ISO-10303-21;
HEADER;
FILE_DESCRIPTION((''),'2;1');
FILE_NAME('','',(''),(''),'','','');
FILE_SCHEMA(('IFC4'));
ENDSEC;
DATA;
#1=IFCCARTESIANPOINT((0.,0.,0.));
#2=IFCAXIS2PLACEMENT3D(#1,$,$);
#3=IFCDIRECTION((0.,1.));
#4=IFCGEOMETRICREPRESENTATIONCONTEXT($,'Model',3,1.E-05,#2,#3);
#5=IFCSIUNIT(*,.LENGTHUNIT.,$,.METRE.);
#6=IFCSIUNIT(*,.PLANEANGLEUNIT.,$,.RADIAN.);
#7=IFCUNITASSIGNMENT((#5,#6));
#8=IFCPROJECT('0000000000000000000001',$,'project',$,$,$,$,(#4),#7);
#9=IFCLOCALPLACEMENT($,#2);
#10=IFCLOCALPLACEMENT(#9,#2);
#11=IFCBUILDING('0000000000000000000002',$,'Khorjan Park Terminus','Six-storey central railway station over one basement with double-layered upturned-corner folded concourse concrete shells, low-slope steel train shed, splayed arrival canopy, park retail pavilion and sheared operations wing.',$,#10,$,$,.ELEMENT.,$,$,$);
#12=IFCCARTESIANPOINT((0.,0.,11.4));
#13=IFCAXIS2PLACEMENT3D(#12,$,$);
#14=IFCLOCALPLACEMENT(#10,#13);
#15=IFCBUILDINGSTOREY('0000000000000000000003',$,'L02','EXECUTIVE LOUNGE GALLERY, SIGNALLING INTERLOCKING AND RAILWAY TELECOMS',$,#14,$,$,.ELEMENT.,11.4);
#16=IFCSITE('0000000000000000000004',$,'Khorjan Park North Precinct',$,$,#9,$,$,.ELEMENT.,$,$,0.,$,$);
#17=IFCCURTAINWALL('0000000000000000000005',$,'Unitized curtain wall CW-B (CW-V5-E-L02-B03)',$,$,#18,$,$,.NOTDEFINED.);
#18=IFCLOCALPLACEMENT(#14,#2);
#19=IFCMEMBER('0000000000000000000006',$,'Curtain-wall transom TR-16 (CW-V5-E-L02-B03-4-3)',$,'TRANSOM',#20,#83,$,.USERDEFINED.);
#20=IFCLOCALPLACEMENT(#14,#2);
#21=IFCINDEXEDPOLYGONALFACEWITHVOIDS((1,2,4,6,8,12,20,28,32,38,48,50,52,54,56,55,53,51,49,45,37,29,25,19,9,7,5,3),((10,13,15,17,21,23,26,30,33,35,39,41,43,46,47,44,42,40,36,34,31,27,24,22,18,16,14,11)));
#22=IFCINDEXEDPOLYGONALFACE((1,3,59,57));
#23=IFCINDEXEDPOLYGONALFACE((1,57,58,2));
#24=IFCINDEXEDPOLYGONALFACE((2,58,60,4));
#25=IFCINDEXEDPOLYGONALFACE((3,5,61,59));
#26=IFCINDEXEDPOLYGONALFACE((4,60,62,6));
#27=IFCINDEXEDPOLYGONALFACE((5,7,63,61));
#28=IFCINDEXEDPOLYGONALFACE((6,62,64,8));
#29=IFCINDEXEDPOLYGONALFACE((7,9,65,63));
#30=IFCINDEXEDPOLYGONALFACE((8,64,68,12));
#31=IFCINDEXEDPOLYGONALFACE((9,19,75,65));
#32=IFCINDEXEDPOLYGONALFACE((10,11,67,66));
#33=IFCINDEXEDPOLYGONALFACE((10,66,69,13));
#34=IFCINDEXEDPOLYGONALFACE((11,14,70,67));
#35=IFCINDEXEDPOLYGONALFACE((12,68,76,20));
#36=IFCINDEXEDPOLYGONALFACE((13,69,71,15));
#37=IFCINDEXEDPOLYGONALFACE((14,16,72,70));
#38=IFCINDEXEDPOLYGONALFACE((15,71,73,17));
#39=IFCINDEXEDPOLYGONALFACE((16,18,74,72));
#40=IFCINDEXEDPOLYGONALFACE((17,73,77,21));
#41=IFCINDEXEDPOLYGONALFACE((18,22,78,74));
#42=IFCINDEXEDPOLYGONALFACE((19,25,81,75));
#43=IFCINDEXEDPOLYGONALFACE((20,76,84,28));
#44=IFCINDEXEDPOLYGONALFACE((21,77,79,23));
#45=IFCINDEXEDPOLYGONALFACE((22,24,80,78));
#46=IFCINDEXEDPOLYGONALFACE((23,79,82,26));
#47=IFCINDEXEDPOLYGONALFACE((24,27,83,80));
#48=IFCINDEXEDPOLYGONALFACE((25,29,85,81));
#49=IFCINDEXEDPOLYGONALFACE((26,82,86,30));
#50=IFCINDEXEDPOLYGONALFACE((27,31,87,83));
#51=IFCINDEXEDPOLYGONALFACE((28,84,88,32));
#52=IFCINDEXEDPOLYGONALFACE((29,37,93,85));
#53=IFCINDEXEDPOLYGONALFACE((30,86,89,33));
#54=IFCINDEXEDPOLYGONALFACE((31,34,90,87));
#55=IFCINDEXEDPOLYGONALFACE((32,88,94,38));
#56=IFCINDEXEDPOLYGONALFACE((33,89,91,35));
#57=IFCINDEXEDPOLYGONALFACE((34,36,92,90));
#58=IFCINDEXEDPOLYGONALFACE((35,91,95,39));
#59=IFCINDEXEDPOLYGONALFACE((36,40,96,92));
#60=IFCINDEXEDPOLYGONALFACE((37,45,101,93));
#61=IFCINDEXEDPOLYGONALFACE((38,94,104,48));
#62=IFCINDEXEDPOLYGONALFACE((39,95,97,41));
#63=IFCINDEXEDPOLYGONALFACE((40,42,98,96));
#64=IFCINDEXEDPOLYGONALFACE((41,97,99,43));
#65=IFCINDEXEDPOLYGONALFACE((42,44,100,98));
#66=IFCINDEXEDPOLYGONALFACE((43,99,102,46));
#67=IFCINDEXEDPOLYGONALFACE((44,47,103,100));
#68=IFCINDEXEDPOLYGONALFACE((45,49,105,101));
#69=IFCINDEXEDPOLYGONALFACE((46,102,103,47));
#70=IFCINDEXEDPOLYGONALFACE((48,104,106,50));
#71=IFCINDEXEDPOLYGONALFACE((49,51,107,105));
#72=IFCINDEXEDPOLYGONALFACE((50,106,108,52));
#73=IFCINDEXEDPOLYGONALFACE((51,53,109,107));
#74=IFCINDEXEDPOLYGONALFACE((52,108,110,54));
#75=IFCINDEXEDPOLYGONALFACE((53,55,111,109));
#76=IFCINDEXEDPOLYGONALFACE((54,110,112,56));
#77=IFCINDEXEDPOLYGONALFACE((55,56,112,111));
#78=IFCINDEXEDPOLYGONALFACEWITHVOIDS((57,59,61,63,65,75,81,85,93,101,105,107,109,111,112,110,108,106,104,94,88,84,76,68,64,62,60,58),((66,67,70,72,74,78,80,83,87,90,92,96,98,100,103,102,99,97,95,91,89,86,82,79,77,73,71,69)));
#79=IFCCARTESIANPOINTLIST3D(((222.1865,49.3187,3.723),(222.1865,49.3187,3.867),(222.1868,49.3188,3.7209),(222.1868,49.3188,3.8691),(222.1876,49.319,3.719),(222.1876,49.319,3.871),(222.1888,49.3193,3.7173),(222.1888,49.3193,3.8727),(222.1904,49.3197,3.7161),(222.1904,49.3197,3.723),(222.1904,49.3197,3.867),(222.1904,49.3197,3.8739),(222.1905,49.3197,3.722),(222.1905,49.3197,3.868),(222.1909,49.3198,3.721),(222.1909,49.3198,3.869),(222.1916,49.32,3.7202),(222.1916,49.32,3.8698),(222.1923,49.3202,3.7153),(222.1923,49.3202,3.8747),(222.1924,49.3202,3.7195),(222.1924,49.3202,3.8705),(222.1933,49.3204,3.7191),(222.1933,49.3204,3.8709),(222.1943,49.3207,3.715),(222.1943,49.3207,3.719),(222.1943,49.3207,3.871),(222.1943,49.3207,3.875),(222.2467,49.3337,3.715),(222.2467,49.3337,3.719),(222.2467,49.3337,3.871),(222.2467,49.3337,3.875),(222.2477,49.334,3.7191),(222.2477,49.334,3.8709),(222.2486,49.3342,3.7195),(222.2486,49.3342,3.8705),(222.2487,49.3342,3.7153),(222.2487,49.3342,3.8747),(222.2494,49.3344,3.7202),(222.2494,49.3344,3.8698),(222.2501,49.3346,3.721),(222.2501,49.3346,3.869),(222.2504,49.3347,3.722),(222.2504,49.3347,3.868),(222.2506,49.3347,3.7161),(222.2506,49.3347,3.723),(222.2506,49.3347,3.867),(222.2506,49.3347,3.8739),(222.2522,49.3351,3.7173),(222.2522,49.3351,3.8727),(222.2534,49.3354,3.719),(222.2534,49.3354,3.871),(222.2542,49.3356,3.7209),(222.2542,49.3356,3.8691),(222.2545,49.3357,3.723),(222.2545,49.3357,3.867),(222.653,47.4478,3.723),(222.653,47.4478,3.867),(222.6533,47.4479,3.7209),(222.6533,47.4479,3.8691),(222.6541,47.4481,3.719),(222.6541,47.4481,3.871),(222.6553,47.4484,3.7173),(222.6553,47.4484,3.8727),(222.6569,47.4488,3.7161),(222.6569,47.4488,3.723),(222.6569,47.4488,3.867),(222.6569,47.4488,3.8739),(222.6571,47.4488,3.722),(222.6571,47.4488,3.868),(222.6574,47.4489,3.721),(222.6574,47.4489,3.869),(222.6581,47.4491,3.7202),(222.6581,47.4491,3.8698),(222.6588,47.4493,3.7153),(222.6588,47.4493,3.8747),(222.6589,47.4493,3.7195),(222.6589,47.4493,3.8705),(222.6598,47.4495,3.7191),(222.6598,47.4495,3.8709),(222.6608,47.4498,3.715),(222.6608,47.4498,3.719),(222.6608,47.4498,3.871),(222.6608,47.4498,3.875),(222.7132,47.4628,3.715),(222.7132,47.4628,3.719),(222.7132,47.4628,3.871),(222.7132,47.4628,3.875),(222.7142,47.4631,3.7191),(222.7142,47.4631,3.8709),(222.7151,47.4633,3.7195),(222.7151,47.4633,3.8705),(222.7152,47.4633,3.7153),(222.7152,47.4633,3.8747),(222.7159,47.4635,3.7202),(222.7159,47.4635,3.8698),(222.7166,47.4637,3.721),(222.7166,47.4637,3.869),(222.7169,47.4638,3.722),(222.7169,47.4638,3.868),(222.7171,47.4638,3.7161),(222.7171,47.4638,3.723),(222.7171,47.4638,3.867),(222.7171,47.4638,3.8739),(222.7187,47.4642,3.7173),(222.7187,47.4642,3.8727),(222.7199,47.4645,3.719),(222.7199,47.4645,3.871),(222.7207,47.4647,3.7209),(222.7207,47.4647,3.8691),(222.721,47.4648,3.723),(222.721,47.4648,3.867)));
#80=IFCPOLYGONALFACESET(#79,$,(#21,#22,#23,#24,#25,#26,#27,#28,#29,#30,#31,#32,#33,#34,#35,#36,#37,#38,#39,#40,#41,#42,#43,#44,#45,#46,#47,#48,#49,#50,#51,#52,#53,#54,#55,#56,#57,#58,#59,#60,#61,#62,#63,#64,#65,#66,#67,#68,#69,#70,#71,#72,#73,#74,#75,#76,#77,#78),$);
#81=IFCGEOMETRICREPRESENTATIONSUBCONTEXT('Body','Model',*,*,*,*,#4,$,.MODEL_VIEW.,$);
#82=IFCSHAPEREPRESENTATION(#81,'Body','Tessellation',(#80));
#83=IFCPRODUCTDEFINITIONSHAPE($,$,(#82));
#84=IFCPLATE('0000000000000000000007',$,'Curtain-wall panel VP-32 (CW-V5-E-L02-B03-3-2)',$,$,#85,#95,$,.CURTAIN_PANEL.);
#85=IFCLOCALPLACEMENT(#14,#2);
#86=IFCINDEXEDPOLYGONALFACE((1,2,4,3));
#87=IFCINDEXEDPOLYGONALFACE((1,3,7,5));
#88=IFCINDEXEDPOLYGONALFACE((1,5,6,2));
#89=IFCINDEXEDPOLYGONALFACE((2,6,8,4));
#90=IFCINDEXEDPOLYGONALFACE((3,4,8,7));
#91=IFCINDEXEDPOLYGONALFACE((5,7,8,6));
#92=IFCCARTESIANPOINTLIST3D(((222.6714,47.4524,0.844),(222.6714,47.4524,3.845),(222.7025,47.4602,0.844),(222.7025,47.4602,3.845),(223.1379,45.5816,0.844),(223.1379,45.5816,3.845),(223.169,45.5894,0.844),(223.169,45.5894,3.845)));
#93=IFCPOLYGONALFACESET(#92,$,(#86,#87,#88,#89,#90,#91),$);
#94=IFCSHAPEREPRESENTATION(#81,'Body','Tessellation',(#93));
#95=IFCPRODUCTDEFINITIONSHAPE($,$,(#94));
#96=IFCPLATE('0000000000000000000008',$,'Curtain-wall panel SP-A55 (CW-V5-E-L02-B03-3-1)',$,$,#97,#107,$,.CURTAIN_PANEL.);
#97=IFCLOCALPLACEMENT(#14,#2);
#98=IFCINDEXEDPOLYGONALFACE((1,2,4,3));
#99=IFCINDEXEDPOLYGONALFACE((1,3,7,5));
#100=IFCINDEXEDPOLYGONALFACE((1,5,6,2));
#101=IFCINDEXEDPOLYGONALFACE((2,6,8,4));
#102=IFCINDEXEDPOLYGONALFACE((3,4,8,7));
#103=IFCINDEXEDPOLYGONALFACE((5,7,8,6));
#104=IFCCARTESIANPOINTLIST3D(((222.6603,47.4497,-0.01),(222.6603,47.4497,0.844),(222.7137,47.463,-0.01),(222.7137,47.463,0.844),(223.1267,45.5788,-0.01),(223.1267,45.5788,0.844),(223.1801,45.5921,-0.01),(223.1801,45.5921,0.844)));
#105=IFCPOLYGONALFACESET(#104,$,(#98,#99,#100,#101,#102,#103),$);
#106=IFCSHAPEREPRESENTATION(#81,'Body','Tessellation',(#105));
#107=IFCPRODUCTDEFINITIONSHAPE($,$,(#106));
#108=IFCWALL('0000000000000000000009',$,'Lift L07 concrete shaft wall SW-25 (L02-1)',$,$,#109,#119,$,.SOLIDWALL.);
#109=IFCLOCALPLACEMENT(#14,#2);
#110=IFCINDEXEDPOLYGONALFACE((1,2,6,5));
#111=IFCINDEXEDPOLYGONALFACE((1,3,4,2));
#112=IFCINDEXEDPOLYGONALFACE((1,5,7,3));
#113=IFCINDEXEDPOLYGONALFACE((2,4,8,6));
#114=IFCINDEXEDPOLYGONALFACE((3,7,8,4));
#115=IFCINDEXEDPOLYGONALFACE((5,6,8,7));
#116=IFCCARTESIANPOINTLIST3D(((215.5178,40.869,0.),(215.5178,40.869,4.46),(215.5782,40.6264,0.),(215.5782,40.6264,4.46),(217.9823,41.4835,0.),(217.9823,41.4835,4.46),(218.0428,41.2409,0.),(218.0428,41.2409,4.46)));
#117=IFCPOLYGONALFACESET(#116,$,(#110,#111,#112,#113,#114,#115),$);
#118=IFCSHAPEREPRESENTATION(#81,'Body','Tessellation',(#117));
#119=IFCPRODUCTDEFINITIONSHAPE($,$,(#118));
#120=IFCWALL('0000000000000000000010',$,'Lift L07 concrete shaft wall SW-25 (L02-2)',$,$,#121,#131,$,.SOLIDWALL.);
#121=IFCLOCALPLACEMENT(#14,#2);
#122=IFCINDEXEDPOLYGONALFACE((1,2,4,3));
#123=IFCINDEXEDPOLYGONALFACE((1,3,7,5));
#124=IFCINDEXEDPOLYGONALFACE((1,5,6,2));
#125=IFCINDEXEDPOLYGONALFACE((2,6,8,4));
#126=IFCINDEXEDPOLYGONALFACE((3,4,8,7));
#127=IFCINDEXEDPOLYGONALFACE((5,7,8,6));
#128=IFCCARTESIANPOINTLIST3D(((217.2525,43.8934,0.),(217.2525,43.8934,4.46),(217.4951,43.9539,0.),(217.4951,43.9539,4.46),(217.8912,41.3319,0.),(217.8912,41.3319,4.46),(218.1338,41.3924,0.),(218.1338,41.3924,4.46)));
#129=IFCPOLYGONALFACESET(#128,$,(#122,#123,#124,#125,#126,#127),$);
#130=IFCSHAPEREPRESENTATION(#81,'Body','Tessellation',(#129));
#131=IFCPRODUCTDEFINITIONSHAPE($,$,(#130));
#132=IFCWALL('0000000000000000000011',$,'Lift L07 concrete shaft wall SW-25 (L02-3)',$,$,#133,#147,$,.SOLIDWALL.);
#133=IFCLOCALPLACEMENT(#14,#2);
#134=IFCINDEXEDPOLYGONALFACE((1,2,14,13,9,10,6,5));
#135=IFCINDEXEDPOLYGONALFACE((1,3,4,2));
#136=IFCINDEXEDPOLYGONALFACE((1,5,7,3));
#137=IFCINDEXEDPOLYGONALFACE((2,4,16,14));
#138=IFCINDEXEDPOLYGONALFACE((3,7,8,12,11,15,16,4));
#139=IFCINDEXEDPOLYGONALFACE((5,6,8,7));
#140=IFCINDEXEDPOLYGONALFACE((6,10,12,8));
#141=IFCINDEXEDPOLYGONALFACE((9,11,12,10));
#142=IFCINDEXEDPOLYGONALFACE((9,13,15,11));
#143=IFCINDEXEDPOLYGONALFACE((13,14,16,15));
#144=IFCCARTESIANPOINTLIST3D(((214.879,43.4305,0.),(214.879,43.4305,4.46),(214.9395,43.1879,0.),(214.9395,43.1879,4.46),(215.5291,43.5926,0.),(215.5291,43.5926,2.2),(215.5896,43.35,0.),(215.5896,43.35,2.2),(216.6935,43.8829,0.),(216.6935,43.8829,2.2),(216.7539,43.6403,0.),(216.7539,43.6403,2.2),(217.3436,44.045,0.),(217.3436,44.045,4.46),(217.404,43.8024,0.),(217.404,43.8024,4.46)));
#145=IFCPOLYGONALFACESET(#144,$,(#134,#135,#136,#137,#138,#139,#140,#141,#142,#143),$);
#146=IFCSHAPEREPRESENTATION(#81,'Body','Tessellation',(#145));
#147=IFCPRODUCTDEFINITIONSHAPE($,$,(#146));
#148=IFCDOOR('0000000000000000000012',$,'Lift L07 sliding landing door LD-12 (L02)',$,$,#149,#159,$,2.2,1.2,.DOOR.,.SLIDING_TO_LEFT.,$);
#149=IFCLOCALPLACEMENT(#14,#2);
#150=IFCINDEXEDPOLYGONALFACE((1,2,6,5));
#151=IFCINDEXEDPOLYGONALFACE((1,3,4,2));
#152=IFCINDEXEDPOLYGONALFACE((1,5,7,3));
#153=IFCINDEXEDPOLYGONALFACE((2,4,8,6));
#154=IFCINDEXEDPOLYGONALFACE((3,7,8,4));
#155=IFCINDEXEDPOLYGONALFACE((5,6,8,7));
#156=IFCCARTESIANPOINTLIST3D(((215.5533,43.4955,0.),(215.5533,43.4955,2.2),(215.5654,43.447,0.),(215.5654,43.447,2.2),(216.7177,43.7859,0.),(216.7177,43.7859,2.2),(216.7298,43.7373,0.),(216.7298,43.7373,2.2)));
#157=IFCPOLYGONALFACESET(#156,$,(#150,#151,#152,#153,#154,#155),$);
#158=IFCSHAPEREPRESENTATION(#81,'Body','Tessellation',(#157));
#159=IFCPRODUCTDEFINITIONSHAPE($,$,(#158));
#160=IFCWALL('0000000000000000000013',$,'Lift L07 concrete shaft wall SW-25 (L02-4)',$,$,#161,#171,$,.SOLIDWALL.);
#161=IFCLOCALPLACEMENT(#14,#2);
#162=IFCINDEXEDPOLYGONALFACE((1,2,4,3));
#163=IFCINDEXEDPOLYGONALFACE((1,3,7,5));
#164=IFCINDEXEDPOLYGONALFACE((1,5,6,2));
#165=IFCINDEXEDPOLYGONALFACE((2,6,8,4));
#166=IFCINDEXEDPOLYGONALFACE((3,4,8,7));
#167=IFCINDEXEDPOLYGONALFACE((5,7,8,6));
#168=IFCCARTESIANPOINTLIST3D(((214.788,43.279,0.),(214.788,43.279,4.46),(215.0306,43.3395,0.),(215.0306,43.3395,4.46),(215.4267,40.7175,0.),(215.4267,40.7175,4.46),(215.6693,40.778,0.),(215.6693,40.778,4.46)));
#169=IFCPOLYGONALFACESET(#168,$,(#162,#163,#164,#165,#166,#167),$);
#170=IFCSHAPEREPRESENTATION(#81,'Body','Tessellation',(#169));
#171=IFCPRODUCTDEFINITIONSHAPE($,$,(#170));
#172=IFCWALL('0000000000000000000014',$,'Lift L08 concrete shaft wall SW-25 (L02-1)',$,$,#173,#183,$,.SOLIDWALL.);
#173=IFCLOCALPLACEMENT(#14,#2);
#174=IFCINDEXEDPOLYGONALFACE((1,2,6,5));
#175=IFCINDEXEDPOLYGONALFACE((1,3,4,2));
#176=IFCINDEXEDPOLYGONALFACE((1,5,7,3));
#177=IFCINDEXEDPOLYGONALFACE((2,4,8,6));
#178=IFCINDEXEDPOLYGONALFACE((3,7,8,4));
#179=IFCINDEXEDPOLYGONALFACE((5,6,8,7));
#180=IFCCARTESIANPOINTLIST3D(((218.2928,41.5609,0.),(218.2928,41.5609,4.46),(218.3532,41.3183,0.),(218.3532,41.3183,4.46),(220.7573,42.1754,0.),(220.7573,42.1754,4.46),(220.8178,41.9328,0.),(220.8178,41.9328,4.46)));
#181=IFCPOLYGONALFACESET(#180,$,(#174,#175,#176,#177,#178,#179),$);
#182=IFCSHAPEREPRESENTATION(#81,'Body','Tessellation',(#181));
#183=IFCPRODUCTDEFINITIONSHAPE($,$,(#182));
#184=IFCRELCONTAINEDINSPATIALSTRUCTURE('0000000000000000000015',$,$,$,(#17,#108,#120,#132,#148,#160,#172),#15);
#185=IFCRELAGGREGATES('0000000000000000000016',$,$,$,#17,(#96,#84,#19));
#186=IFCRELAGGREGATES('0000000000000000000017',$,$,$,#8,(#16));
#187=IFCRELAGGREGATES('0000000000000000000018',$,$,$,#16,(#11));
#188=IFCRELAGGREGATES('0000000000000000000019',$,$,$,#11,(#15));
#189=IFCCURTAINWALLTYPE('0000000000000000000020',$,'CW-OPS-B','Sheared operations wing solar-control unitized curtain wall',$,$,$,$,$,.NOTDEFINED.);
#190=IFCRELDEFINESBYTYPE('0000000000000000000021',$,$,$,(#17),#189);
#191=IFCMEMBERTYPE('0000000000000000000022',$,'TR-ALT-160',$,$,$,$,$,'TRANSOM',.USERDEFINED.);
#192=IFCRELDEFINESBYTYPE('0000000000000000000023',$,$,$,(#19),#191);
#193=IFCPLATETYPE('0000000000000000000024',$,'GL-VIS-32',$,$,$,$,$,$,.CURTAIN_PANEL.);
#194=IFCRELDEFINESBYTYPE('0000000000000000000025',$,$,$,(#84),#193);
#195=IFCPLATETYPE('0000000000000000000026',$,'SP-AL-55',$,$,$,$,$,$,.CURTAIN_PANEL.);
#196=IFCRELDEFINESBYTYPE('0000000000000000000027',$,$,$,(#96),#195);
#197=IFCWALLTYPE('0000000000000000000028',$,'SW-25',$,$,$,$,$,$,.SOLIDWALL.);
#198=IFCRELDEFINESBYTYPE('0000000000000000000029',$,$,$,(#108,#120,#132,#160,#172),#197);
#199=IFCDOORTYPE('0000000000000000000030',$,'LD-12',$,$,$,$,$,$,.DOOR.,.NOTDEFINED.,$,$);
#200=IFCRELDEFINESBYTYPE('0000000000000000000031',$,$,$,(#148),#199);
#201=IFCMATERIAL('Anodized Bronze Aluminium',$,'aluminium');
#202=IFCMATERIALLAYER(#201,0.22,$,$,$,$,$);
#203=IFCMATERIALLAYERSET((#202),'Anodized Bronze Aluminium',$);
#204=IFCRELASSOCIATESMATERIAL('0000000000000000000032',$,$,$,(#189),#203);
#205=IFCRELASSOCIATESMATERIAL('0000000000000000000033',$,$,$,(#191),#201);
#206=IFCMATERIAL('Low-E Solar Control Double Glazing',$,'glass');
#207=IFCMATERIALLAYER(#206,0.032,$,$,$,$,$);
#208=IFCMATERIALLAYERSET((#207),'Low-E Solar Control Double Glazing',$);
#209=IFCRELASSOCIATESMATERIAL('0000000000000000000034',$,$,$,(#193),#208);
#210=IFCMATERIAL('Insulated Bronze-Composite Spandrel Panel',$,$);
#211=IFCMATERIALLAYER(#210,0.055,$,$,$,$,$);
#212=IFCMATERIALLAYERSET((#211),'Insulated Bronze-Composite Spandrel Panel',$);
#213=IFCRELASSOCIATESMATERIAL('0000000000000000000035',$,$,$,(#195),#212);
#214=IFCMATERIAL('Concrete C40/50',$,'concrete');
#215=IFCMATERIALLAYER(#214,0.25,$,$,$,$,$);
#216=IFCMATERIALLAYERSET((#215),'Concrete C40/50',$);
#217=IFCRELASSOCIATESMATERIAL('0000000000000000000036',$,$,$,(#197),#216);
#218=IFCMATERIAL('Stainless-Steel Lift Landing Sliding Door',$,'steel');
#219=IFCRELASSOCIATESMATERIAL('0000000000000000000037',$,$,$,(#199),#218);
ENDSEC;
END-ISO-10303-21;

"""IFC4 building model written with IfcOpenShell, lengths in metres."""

from ifc_helpers import new_model, si_unit, direction, frame, frame_2d, origin, origin_2d, place, context, subcontext, project, spatial, rectangle, hollow_rectangle, extrude, material, layer, layer_set, material_profile, profile_set, type_object, element, fill, aggregate, save


model = new_model("IFC4")

# Units and contexts
model_context = context("Model", 3, precision=1e-05, world=origin(), true_north=direction((0.0, 1.0)))
body_context = subcontext(model_context, "Body", "Model", "MODEL_VIEW")
ifc_project = project(units=[si_unit("LENGTHUNIT", "METRE"), si_unit("PLANEANGLEUNIT", "RADIAN")], contexts=[model_context])

# Site, building, storey
site_placement = place(None, origin())
site = spatial("IfcSite", under=ifc_project, at=site_placement, Name="Khorjan Park North Precinct", CompositionType="ELEMENT", RefElevation=0.0)
building_placement = place(site_placement, origin())
building = spatial("IfcBuilding", under=site, at=building_placement, Name="Khorjan Park Terminus", Description="Six-storey central railway station over one basement with double-layered upturned-corner folded concourse concrete shells, low-slope steel train shed, splayed arrival canopy, park retail pavilion and sheared operations wing.", CompositionType="ELEMENT")
storey_placement = place(building_placement, frame((0.0, 0.0, 11.4)))
storey = spatial("IfcBuildingStorey", under=building, at=storey_placement, Name="L02", Description="EXECUTIVE LOUNGE GALLERY, SIGNALLING INTERLOCKING AND RAILWAY TELECOMS", CompositionType="ELEMENT", Elevation=11.4)

# Curtain wall, member, plates
ifc_material_1 = material(Name="Anodized Bronze Aluminium", Category="aluminium")
ifc_layer_1 = layer(ifc_material_1, 0.22)
ifc_layer_set_1 = layer_set([ifc_layer_1], Name="Anodized Bronze Aluminium")
curtain_wall_type = type_object("IfcCurtainWallType", Name="CW-OPS-B", Description="Sheared operations wing solar-control unitized curtain wall", PredefinedType="NOTDEFINED", material=ifc_layer_set_1)
curtain_wall_placement = place(storey_placement, origin())
curtain_wall = element("IfcCurtainWall", 1, at=curtain_wall_placement, inside=storey, type_object=curtain_wall_type, Name="Unitized curtain wall CW-B (CW-V5-E-L02-B03)", PredefinedType="NOTDEFINED")
ifc_material_profile_1 = material_profile(ifc_material_1, hollow_rectangle(XDim=0.07, YDim=0.16, WallThickness=0.004, InnerFilletRadius=0.004, OuterFilletRadius=0.008, at=origin_2d()), Name="ALT 70x160x4")
ifc_profile_set_1 = profile_set([ifc_material_profile_1], Name="Anodized Bronze Aluminium")
member_type_1 = type_object("IfcMemberType", Name="TR-ALT-160", ElementType="TRANSOM", PredefinedType="USERDEFINED", material=ifc_profile_set_1)
member_1_placement = place(storey_placement, frame((222.687, 47.4563, 3.795), z_axis=(-0.241938, 0.970292, 0.0), x_axis=(-0.970292, -0.241938, 0.0)))
member_1 = element("IfcMember", 2, at=member_1_placement, type_object=member_type_1, Name="Curtain-wall transom TR-16 (CW-V5-E-L02-B03-4-3)", ObjectType="TRANSOM", PredefinedType="USERDEFINED", context=body_context, shape_type="SweptSolid", body=[
    extrude(hollow_rectangle(XDim=0.07, YDim=0.16, WallThickness=0.004, InnerFilletRadius=0.004, OuterFilletRadius=0.008, at=origin_2d()), origin(), (0.0, 0.0, 1.0), 1.9282),
])
ifc_material_2 = material(Name="Low-E Solar Control Double Glazing", Category="glass")
ifc_layer_2 = layer(ifc_material_2, 0.032)
ifc_layer_set_2 = layer_set([ifc_layer_2], Name="Low-E Solar Control Double Glazing")
plate_type_1 = type_object("IfcPlateType", Name="GL-VIS-32", PredefinedType="CURTAIN_PANEL", material=ifc_layer_set_2)
plate_1_placement = place(storey_placement, frame((222.9202, 46.5209, 0.844), z_axis=(0.0, 0.0, 1.0), x_axis=(-0.241923, 0.970295, 0.0)))
plate_1 = element("IfcPlate", 3, at=plate_1_placement, type_object=plate_type_1, Name="Curtain-wall panel VP-32 (CW-V5-E-L02-B03-3-2)", PredefinedType="CURTAIN_PANEL", context=body_context, shape_type="SweptSolid", body=[
    extrude(rectangle(XDim=1.9281, YDim=0.032, at=origin_2d()), origin(), (0.0, 0.0, 1.0), 3.001),
])
ifc_material_3 = material(Name="Insulated Bronze-Composite Spandrel Panel")
ifc_layer_3 = layer(ifc_material_3, 0.055)
ifc_layer_set_3 = layer_set([ifc_layer_3], Name="Insulated Bronze-Composite Spandrel Panel")
plate_type_2 = type_object("IfcPlateType", Name="SP-AL-55", PredefinedType="CURTAIN_PANEL", material=ifc_layer_set_3)
plate_2_placement = place(storey_placement, frame((222.9202, 46.5209, -0.01), z_axis=(0.0, 0.0, 1.0), x_axis=(-0.241923, 0.970295, 0.0)))
plate_2 = element("IfcPlate", 4, at=plate_2_placement, type_object=plate_type_2, Name="Curtain-wall panel SP-A55 (CW-V5-E-L02-B03-3-1)", PredefinedType="CURTAIN_PANEL", context=body_context, shape_type="SweptSolid", body=[
    extrude(rectangle(XDim=1.9281, YDim=0.055, at=origin_2d()), origin(), (0.0, 0.0, 1.0), 0.854),
])
aggregate(curtain_wall, [plate_2, plate_1, member_1])

# Walls
ifc_material_4 = material(Name="Concrete C40/50", Category="concrete")
ifc_layer_4 = layer(ifc_material_4, 0.25)
ifc_layer_set_4 = layer_set([ifc_layer_4], Name="Concrete C40/50")
wall_type = type_object("IfcWallType", Name="SW-25", PredefinedType="SOLIDWALL", material=ifc_layer_set_4)
wall_1_placement = place(storey_placement, frame((215.548, 40.7477, 0.0), z_axis=(0.0, 0.0, 1.0), x_axis=(0.970293, 0.241933, 0.0)))
element("IfcWall", 5, at=wall_1_placement, inside=storey, type_object=wall_type, Name="Lift L07 concrete shaft wall SW-25 (L02-1)", PredefinedType="SOLIDWALL", context=body_context, shape_type="SweptSolid", body=[
    extrude(rectangle(XDim=2.54, YDim=0.25, at=frame_2d((1.27, 0.0))), origin(), (0.0, 0.0, 1.0), 4.46),
])
wall_2_placement = place(storey_placement, frame((218.0125, 41.3622, 0.0), z_axis=(0.0, 0.0, 1.0), x_axis=(-0.241938, 0.970292, 0.0)))
element("IfcWall", 6, at=wall_2_placement, inside=storey, type_object=wall_type, Name="Lift L07 concrete shaft wall SW-25 (L02-2)", PredefinedType="SOLIDWALL", context=body_context, shape_type="SweptSolid", body=[
    extrude(rectangle(XDim=2.6399, YDim=0.25, at=frame_2d((1.3199, 0.0))), origin(), (0.0, 0.0, 1.0), 4.46),
])

# Wall, opening, door
wall_3_placement = place(storey_placement, frame((217.3738, 43.9237, 0.0), z_axis=(0.0, 0.0, 1.0), x_axis=(-0.970293, -0.241933, 0.0)))
wall_3 = element("IfcWall", 7, at=wall_3_placement, inside=storey, type_object=wall_type, Name="Lift L07 concrete shaft wall SW-25 (L02-3)", PredefinedType="SOLIDWALL", context=body_context, shape_type="SweptSolid", body=[
    extrude(rectangle(XDim=2.54, YDim=0.25, at=frame_2d((1.27, 0.0))), origin(), (0.0, 0.0, 1.0), 4.46),
])
opening_1_placement = place(wall_3_placement, frame((0.67, 0.0, 0.0)))
opening_1 = element("IfcOpeningElement", 8, at=opening_1_placement, cuts=wall_3, PredefinedType="OPENING", context=body_context, shape_type="SweptSolid", body=[
    extrude(rectangle(XDim=1.2, YDim=2.2, at=frame_2d((0.6, 1.1))), frame((0.0, 0.135, 0.0), z_axis=(0.0, -1.0, 0.0), x_axis=(1.0, 0.0, 0.0)), (0.0, 0.0, 1.0), 0.27),
])
ifc_material_5 = material(Name="Stainless-Steel Lift Landing Sliding Door", Category="steel")
door_type = type_object("IfcDoorType", Name="LD-12", OperationType="NOTDEFINED", PredefinedType="DOOR", material=ifc_material_5)
door_1_placement = place(opening_1_placement, origin())
door_1 = element("IfcDoor", 9, at=door_1_placement, inside=storey, type_object=door_type, Name="Lift L07 sliding landing door LD-12 (L02)", OperationType="SLIDING_TO_LEFT", OverallHeight=2.2, OverallWidth=1.2, PredefinedType="DOOR", context=body_context, shape_type="SweptSolid", body=[
    extrude(rectangle(XDim=1.2, YDim=2.2, at=frame_2d((0.6, 1.1))), frame((0.0, 0.025, 0.0), z_axis=(0.0, -1.0, 0.0), x_axis=(1.0, 0.0, 0.0)), (0.0, 0.0, 1.0), 0.05),
])
fill(opening_1, door_1)

# Walls
wall_4_placement = place(storey_placement, frame((214.9093, 43.3092, 0.0), z_axis=(0.0, 0.0, 1.0), x_axis=(0.241938, -0.970292, 0.0)))
element("IfcWall", 10, at=wall_4_placement, inside=storey, type_object=wall_type, Name="Lift L07 concrete shaft wall SW-25 (L02-4)", PredefinedType="SOLIDWALL", context=body_context, shape_type="SweptSolid", body=[
    extrude(rectangle(XDim=2.6399, YDim=0.25, at=frame_2d((1.3199, 0.0))), origin(), (0.0, 0.0, 1.0), 4.46),
])
wall_5_placement = place(storey_placement, frame((218.323, 41.4396, 0.0), z_axis=(0.0, 0.0, 1.0), x_axis=(0.970293, 0.241933, 0.0)))
element("IfcWall", 11, at=wall_5_placement, inside=storey, type_object=wall_type, Name="Lift L08 concrete shaft wall SW-25 (L02-1)", PredefinedType="SOLIDWALL", context=body_context, shape_type="SweptSolid", body=[
    extrude(rectangle(XDim=2.54, YDim=0.25, at=frame_2d((1.27, 0.0))), origin(), (0.0, 0.0, 1.0), 4.46),
])

save(model, "model.ifc")
